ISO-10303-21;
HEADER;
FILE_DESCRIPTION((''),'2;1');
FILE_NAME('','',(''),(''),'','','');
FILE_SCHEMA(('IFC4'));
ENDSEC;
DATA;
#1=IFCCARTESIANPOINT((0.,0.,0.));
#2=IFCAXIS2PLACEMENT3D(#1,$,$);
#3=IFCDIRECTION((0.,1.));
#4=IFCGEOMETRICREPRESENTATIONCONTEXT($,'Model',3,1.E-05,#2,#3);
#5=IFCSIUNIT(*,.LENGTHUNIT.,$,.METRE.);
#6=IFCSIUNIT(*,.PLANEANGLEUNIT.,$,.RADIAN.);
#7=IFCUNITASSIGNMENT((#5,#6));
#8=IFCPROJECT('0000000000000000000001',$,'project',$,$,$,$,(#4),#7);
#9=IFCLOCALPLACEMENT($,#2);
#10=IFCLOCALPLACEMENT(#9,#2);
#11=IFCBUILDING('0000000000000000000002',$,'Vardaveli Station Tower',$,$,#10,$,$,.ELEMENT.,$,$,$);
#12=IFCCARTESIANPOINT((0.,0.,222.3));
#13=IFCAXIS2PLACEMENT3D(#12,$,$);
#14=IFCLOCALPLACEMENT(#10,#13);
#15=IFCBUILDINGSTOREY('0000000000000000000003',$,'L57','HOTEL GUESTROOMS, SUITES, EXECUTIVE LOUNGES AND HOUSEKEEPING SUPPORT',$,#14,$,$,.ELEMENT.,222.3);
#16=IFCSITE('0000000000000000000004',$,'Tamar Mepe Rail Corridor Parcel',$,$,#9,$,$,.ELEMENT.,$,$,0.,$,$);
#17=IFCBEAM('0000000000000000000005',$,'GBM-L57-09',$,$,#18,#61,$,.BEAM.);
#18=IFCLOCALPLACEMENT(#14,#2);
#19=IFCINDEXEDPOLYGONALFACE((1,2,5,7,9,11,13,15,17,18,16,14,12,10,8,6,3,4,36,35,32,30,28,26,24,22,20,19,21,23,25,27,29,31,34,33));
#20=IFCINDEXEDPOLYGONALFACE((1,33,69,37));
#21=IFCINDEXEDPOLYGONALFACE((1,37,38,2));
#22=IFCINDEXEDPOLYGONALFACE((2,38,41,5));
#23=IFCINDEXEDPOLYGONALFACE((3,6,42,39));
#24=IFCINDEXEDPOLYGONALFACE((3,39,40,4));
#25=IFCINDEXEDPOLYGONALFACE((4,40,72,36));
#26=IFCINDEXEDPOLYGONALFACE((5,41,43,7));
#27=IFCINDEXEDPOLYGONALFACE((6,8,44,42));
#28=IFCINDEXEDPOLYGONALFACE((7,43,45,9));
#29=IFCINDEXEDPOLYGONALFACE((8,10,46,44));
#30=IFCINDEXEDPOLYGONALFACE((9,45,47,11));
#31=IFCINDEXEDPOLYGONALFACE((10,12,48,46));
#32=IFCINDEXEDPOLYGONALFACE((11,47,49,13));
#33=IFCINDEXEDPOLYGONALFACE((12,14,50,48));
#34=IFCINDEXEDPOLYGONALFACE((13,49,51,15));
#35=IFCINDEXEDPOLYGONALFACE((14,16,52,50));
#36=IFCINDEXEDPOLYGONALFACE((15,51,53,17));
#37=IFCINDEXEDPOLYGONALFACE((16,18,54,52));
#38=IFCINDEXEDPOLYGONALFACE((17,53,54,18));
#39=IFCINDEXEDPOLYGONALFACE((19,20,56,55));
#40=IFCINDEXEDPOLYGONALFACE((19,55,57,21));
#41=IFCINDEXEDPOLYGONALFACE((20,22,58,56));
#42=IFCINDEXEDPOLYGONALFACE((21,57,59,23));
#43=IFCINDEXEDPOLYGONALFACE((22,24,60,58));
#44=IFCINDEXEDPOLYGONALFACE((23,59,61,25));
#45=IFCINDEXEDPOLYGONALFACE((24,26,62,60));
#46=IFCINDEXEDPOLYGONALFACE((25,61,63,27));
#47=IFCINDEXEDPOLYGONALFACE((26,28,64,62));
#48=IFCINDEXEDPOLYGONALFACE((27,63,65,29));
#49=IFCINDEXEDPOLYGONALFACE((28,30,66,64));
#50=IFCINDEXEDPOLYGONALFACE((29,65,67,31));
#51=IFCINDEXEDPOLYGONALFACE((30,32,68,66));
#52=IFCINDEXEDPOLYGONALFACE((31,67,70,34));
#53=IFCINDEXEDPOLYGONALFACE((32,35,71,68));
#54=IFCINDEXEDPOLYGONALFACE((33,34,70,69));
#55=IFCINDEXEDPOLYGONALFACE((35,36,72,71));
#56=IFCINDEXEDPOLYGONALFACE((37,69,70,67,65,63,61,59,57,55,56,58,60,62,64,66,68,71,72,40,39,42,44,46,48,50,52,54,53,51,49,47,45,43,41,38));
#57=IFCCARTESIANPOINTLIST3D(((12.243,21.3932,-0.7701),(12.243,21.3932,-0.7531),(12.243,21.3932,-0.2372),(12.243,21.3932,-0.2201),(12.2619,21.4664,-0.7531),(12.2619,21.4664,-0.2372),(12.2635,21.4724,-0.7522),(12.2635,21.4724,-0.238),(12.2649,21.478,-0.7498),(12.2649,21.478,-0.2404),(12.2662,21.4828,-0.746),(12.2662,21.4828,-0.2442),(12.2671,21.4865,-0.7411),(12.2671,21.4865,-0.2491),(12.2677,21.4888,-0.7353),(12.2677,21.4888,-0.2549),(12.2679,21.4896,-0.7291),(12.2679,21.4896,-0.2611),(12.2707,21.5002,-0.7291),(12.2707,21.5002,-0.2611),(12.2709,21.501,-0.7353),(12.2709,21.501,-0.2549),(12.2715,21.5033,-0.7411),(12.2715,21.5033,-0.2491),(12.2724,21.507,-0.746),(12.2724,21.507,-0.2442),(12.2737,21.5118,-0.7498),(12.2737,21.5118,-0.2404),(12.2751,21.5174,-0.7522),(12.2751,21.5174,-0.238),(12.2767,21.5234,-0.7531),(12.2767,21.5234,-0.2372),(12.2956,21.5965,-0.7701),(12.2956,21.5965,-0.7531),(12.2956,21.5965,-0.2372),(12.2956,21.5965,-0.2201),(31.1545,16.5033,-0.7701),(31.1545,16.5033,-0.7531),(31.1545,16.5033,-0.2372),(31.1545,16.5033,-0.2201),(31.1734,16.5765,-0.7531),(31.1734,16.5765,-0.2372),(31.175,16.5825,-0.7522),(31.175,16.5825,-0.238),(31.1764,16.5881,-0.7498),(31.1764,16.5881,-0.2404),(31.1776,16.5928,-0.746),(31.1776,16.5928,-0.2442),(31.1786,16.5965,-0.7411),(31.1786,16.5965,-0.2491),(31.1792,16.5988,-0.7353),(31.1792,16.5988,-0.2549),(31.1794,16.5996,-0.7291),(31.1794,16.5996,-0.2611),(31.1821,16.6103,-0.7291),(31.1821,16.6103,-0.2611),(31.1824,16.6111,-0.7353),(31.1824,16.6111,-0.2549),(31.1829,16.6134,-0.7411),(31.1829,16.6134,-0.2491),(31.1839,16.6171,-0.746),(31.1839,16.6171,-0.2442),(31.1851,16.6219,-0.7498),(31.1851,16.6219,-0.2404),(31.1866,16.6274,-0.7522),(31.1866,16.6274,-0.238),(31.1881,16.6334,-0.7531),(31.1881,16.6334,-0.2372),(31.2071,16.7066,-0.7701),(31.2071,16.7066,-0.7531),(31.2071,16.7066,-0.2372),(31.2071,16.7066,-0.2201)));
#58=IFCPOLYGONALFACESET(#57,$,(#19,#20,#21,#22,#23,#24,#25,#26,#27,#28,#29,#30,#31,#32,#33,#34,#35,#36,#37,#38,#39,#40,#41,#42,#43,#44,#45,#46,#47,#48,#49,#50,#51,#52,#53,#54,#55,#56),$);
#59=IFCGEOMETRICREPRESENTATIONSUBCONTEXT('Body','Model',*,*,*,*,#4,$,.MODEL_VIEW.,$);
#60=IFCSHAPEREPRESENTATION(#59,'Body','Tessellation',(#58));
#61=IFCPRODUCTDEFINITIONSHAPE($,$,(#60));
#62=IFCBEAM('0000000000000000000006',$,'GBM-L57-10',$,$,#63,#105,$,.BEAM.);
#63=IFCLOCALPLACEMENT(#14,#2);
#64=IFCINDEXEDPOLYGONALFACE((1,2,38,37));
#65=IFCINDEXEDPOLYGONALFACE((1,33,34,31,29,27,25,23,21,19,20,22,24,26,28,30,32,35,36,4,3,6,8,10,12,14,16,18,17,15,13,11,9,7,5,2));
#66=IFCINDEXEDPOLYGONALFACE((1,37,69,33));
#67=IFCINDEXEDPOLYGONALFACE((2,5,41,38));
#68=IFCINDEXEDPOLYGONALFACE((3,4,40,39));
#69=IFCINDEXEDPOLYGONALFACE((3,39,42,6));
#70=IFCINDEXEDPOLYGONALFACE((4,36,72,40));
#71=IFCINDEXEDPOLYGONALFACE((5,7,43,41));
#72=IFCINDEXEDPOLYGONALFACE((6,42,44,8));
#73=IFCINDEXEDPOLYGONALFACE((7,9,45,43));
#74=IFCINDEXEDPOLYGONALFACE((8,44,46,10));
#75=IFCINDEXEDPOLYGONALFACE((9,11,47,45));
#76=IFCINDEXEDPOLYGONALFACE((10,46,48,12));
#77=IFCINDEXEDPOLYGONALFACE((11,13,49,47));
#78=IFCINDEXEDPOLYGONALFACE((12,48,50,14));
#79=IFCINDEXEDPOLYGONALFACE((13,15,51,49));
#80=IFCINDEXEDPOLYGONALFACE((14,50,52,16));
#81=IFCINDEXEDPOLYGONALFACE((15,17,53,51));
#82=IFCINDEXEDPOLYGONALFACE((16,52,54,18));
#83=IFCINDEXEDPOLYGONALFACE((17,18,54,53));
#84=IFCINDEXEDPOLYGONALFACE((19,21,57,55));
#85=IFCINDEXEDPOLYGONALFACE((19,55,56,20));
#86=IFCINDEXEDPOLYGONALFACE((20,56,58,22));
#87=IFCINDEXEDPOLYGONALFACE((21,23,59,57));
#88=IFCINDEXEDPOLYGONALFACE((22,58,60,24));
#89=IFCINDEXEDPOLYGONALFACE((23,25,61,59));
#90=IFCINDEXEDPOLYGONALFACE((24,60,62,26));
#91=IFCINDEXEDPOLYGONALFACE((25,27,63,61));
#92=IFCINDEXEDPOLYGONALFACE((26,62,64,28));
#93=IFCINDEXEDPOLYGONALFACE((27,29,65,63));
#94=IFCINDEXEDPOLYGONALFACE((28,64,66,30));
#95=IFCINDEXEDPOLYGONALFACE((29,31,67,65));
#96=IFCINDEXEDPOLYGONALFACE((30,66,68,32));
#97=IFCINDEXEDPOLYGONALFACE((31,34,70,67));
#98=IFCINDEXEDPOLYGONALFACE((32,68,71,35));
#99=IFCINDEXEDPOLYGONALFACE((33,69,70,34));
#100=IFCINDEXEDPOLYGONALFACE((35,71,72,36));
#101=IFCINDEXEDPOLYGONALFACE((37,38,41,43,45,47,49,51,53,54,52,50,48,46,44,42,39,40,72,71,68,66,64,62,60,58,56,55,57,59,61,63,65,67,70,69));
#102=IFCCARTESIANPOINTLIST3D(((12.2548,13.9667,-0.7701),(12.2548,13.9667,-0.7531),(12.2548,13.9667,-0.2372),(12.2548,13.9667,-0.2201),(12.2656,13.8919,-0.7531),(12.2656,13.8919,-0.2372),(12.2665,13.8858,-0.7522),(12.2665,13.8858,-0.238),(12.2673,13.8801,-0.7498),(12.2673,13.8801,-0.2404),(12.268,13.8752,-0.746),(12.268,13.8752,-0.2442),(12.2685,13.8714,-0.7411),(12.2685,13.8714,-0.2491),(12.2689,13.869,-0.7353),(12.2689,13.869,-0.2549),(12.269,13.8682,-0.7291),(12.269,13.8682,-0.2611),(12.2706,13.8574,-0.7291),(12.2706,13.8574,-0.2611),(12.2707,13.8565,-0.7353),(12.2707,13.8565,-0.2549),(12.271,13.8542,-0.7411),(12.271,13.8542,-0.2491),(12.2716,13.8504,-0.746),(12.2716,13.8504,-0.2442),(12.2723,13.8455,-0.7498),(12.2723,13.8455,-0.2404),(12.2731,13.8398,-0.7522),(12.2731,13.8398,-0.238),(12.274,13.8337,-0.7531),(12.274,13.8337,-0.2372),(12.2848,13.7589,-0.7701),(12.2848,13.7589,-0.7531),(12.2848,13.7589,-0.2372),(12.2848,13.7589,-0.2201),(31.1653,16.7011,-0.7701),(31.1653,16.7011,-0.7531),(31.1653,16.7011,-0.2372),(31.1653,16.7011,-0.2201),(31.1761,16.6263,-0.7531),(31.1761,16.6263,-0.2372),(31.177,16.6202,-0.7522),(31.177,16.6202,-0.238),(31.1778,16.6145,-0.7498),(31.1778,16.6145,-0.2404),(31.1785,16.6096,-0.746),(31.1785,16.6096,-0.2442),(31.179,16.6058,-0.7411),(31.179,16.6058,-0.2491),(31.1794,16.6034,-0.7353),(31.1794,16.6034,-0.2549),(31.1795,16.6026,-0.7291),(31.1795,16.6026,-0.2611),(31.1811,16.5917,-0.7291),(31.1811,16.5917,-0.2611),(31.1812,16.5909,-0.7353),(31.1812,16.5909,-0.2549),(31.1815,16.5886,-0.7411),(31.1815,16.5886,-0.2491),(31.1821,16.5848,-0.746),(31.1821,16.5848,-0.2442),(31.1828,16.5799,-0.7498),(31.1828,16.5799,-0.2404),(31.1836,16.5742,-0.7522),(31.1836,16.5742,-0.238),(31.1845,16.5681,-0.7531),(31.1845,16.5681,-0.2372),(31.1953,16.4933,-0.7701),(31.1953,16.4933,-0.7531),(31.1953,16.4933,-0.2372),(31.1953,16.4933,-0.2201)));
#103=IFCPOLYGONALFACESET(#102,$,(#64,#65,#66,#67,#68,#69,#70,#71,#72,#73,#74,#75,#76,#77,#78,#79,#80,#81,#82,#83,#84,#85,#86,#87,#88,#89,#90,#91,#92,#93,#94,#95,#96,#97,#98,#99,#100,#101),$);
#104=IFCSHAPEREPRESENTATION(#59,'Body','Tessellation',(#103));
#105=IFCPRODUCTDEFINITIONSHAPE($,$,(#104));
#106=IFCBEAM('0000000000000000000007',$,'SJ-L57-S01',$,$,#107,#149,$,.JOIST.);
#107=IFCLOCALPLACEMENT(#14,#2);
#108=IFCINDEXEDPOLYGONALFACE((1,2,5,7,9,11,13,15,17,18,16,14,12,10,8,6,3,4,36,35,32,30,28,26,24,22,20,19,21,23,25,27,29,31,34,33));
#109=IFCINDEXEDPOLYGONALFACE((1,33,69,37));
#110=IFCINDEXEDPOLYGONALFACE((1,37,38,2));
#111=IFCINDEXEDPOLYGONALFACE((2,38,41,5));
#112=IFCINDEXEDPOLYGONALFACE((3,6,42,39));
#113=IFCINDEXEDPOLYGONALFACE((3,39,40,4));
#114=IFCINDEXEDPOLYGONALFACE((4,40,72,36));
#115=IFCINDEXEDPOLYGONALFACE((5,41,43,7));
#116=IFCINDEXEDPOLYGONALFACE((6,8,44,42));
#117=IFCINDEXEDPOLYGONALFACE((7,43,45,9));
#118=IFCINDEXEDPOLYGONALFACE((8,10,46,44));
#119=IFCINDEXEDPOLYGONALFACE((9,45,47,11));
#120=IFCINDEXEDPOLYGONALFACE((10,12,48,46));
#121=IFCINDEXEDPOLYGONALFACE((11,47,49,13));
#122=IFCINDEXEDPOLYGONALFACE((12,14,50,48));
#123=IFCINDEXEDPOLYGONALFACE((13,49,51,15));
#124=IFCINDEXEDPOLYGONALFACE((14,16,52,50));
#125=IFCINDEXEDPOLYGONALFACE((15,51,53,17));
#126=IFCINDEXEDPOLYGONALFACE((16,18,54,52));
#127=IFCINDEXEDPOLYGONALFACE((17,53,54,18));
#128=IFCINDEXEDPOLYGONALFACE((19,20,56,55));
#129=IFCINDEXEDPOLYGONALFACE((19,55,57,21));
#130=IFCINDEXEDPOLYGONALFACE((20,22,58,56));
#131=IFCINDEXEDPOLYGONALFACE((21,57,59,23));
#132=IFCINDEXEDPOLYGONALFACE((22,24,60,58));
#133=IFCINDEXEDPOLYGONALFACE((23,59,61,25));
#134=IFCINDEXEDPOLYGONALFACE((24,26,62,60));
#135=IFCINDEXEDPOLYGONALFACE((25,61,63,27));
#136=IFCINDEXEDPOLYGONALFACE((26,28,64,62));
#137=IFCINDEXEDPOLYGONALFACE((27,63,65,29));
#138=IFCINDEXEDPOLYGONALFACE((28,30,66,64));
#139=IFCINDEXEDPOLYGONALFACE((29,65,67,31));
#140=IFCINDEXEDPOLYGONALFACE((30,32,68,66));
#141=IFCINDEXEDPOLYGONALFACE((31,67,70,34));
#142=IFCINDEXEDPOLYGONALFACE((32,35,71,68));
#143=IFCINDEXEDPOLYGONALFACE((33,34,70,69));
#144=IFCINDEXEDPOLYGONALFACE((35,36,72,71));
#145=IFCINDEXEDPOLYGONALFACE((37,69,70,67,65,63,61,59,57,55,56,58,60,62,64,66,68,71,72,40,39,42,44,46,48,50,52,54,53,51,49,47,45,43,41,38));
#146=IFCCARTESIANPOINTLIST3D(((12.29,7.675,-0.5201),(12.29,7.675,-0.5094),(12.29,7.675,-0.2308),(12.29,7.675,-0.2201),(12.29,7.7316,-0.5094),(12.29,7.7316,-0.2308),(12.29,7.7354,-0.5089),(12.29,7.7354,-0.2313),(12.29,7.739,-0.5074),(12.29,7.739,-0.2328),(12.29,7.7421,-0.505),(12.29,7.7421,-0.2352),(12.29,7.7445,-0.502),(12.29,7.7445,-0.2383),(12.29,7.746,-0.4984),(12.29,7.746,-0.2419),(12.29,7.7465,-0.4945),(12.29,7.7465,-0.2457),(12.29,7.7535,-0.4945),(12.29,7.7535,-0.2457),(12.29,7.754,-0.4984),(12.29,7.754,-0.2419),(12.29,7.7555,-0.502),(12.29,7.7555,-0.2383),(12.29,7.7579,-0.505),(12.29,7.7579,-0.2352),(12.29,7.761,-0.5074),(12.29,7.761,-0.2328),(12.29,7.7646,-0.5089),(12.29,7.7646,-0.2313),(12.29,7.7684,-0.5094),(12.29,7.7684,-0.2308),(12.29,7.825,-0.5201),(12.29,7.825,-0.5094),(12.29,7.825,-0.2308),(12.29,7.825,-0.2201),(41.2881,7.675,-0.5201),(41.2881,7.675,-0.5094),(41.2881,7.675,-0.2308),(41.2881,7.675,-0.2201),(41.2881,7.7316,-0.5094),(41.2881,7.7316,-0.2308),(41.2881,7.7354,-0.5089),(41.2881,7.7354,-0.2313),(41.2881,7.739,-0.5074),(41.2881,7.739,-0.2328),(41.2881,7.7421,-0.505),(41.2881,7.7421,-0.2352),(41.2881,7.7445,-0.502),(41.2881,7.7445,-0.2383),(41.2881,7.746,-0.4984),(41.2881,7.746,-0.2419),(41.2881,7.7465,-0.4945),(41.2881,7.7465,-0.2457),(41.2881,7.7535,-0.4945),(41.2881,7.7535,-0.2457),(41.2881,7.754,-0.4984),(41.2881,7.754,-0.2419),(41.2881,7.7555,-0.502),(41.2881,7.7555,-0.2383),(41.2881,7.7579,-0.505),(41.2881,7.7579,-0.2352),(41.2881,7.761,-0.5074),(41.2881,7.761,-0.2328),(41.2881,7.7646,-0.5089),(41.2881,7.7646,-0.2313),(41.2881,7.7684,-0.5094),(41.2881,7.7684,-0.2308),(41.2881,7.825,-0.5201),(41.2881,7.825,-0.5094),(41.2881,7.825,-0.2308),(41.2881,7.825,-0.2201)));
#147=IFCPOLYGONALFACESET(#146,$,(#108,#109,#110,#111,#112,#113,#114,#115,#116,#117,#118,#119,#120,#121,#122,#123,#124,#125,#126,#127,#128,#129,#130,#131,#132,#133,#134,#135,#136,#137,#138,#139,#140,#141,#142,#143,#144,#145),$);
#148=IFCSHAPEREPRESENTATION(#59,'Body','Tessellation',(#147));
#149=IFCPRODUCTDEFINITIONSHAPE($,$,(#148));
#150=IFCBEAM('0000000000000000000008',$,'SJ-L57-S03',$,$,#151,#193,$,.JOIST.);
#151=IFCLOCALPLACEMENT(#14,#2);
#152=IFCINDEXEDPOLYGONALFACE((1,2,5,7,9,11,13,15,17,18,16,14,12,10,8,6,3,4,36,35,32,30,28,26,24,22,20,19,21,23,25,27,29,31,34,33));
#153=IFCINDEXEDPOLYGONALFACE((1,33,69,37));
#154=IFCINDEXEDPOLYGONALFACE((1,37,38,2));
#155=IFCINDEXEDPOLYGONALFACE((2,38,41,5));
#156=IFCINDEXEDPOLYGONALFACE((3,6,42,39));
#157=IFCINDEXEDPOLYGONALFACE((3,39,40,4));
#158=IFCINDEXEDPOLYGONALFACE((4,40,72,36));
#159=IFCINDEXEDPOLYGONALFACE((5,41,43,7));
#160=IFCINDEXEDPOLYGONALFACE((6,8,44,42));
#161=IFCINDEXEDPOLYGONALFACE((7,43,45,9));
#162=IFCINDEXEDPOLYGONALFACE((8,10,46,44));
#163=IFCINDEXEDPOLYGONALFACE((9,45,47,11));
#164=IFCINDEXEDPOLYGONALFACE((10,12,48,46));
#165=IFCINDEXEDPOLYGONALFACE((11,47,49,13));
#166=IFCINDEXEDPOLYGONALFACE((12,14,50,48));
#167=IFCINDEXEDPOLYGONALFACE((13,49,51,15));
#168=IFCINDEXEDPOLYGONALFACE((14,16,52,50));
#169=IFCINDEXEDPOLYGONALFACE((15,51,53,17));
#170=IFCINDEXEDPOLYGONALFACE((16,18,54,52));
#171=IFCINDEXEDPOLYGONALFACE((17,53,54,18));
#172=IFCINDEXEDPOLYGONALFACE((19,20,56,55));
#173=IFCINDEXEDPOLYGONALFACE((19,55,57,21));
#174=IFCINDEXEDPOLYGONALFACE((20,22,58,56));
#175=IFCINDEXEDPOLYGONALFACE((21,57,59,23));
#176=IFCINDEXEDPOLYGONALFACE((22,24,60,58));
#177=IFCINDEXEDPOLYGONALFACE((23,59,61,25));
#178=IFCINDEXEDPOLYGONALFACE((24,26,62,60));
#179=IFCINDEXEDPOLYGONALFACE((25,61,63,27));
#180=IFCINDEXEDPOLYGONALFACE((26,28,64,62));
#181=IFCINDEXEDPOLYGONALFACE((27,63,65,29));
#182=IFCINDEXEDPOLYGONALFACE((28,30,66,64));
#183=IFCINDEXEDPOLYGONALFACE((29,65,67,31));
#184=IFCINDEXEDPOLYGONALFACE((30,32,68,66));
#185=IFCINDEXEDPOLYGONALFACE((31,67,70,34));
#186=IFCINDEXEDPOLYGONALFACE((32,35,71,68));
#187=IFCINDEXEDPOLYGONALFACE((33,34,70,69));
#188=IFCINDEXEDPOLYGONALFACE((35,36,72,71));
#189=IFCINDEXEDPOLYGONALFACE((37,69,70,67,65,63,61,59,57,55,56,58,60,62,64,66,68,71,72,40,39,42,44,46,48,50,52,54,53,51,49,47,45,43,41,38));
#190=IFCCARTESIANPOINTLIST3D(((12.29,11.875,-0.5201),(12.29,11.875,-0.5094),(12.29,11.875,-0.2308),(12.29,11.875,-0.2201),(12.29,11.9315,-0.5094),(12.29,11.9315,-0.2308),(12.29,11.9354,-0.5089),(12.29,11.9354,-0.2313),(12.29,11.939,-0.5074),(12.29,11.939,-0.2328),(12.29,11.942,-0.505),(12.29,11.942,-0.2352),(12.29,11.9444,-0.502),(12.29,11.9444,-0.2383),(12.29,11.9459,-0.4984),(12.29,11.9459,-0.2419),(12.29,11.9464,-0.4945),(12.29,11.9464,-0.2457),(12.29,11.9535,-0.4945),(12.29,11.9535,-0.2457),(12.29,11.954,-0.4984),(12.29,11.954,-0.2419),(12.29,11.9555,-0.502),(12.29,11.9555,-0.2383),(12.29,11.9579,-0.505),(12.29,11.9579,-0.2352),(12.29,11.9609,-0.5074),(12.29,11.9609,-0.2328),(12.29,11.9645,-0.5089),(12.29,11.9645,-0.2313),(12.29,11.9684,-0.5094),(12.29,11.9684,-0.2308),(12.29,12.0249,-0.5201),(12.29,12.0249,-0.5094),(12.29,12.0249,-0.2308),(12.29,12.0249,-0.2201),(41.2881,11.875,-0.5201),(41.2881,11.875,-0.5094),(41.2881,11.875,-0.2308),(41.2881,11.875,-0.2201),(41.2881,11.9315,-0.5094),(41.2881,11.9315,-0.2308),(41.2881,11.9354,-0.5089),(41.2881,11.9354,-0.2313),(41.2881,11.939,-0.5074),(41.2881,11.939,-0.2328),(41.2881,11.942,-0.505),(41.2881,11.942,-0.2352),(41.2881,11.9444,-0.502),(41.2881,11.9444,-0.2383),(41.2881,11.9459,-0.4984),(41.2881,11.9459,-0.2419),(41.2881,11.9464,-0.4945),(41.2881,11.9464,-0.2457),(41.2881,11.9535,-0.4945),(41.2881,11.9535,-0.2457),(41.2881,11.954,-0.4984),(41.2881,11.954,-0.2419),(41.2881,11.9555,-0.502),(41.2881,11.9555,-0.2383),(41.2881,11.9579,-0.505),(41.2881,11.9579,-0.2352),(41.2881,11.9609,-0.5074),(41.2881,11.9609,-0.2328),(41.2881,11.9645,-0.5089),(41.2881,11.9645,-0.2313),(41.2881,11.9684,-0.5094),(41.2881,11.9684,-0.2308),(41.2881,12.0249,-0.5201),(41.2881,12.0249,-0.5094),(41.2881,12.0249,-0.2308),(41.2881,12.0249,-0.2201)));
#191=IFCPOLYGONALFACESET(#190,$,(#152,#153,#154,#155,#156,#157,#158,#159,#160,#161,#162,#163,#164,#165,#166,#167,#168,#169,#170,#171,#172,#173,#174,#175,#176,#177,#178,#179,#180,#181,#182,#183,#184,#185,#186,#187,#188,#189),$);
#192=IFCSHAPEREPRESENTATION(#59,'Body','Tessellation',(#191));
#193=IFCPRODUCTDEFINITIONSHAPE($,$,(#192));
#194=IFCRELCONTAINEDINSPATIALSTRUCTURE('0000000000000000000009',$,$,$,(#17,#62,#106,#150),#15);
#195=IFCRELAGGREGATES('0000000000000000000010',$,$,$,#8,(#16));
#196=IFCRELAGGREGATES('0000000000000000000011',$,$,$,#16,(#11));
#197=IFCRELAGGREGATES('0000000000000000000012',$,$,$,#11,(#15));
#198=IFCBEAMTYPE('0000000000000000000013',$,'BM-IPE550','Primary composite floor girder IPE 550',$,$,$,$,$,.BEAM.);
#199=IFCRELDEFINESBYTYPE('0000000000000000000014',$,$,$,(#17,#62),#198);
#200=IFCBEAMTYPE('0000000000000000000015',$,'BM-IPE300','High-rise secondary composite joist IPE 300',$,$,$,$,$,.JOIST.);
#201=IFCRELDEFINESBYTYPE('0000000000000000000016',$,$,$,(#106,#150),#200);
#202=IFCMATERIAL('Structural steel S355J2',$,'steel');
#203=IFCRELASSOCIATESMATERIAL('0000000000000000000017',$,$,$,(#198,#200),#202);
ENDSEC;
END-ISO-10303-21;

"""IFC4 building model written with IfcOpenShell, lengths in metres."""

from ifc_helpers import new_model, si_unit, direction, frame, origin, origin_2d, place, context, subcontext, project, spatial, i_section, extrude, source, transform, mapped, material, material_profile, profile_set, type_object, element, save


model = new_model("IFC4")

# Units and contexts
model_context = context("Model", 3, precision=1e-05, world=origin(), true_north=direction((0.0, 1.0)))
body_context = subcontext(model_context, "Body", "Model", "MODEL_VIEW")
ifc_project = project(units=[si_unit("LENGTHUNIT", "METRE"), si_unit("PLANEANGLEUNIT", "RADIAN")], contexts=[model_context])

# Site, building, storey
site_placement = place(None, origin())
site = spatial("IfcSite", under=ifc_project, at=site_placement, Name="Tamar Mepe Rail Corridor Parcel", CompositionType="ELEMENT", RefElevation=0.0)
building_placement = place(site_placement, origin())
building = spatial("IfcBuilding", under=site, at=building_placement, Name="Vardaveli Station Tower", CompositionType="ELEMENT")
storey_placement = place(building_placement, frame((0.0, 0.0, 222.3)))
storey = spatial("IfcBuildingStorey", under=building, at=storey_placement, Name="L57", Description="HOTEL GUESTROOMS, SUITES, EXECUTIVE LOUNGES AND HOUSEKEEPING SUPPORT", CompositionType="ELEMENT", Elevation=222.3)

# Beams
ifc_material_1 = material(Name="Structural steel S355J2", Category="steel")
ifc_material_profile_1 = material_profile(ifc_material_1, i_section(OverallWidth=0.21, OverallDepth=0.55, WebThickness=0.011, FlangeThickness=0.0171, FilletRadius=0.0239, at=origin_2d()), Name="IPE 550")
ifc_profile_set_1 = profile_set([ifc_material_profile_1], Name="Structural steel S355J2")
beam_type_1 = type_object("IfcBeamType", Name="BM-IPE550", Description="Primary composite floor girder IPE 550", PredefinedType="BEAM", material=ifc_profile_set_1)
shared_shape_1 = source(origin(), body_context, "Body", "SweptSolid", [
    extrude(i_section(OverallWidth=0.21, OverallDepth=0.55, WebThickness=0.011, FlangeThickness=0.0171, FilletRadius=0.0239, at=origin_2d()), origin(), (0.0, 0.0, 1.0), 19.5334),
])
beam_1_placement = place(storey_placement, frame((12.2693, 21.4949, -0.4951), z_axis=(0.968159, -0.250336, 0.0), x_axis=(0.250336, 0.968159, 0.0)))
element("IfcBeam", 1, at=beam_1_placement, inside=storey, type_object=beam_type_1, Name="GBM-L57-09", PredefinedType="BEAM", context=body_context, shape_type="MappedRepresentation", body=[
    mapped(shared_shape_1, transform((0.0, 0.0, 0.0), scale=1.0)),
])
shared_shape_2 = source(origin(), body_context, "Body", "SweptSolid", [
    extrude(i_section(OverallWidth=0.21, OverallDepth=0.55, WebThickness=0.011, FlangeThickness=0.0171, FilletRadius=0.0239, at=origin_2d()), origin(), (0.0, 0.0, 1.0), 19.1072),
])
beam_2_placement = place(storey_placement, frame((12.2698, 13.8628, -0.4951), z_axis=(0.989707, 0.143108, 0.0), x_axis=(-0.143108, 0.989707, 0.0)))
element("IfcBeam", 2, at=beam_2_placement, inside=storey, type_object=beam_type_1, Name="GBM-L57-10", PredefinedType="BEAM", context=body_context, shape_type="MappedRepresentation", body=[
    mapped(shared_shape_2, transform((0.0, 0.0, 0.0), scale=1.0)),
])
ifc_material_profile_2 = material_profile(ifc_material_1, i_section(OverallWidth=0.1499, OverallDepth=0.3, WebThickness=0.0071, FlangeThickness=0.0107, FilletRadius=0.0149, at=origin_2d()), Name="IPE 300")
ifc_profile_set_2 = profile_set([ifc_material_profile_2], Name="Structural steel S355J2")
beam_type_2 = type_object("IfcBeamType", Name="BM-IPE300", Description="High-rise secondary composite joist IPE 300", PredefinedType="JOIST", material=ifc_profile_set_2)
shared_shape_3 = source(origin(), body_context, "Body", "SweptSolid", [
    extrude(i_section(OverallWidth=0.1499, OverallDepth=0.3, WebThickness=0.0071, FlangeThickness=0.0107, FilletRadius=0.0149, at=origin_2d()), origin(), (0.0, 0.0, 1.0), 28.998),
])
for number, where, z_axis, x_axis, name in (
    (3, (12.29, 7.75, -0.3701), (1.0, 0.0, 0.0), (0.0, 1.0, 0.0), "SJ-L57-S01"),
    (4, (12.29, 11.95, -0.3701), (1.0, 0.0, 0.0), (0.0, 1.0, 0.0), "SJ-L57-S03"),
):
    element("IfcBeam", number, at=place(storey_placement, frame(where, z_axis=z_axis, x_axis=x_axis)), inside=storey, type_object=beam_type_2, Name=name, PredefinedType="JOIST", context=body_context, shape_type="MappedRepresentation", body=[
        mapped(shared_shape_3, transform((0.0, 0.0, 0.0), scale=1.0)),
    ])

save(model, "model.ifc")
